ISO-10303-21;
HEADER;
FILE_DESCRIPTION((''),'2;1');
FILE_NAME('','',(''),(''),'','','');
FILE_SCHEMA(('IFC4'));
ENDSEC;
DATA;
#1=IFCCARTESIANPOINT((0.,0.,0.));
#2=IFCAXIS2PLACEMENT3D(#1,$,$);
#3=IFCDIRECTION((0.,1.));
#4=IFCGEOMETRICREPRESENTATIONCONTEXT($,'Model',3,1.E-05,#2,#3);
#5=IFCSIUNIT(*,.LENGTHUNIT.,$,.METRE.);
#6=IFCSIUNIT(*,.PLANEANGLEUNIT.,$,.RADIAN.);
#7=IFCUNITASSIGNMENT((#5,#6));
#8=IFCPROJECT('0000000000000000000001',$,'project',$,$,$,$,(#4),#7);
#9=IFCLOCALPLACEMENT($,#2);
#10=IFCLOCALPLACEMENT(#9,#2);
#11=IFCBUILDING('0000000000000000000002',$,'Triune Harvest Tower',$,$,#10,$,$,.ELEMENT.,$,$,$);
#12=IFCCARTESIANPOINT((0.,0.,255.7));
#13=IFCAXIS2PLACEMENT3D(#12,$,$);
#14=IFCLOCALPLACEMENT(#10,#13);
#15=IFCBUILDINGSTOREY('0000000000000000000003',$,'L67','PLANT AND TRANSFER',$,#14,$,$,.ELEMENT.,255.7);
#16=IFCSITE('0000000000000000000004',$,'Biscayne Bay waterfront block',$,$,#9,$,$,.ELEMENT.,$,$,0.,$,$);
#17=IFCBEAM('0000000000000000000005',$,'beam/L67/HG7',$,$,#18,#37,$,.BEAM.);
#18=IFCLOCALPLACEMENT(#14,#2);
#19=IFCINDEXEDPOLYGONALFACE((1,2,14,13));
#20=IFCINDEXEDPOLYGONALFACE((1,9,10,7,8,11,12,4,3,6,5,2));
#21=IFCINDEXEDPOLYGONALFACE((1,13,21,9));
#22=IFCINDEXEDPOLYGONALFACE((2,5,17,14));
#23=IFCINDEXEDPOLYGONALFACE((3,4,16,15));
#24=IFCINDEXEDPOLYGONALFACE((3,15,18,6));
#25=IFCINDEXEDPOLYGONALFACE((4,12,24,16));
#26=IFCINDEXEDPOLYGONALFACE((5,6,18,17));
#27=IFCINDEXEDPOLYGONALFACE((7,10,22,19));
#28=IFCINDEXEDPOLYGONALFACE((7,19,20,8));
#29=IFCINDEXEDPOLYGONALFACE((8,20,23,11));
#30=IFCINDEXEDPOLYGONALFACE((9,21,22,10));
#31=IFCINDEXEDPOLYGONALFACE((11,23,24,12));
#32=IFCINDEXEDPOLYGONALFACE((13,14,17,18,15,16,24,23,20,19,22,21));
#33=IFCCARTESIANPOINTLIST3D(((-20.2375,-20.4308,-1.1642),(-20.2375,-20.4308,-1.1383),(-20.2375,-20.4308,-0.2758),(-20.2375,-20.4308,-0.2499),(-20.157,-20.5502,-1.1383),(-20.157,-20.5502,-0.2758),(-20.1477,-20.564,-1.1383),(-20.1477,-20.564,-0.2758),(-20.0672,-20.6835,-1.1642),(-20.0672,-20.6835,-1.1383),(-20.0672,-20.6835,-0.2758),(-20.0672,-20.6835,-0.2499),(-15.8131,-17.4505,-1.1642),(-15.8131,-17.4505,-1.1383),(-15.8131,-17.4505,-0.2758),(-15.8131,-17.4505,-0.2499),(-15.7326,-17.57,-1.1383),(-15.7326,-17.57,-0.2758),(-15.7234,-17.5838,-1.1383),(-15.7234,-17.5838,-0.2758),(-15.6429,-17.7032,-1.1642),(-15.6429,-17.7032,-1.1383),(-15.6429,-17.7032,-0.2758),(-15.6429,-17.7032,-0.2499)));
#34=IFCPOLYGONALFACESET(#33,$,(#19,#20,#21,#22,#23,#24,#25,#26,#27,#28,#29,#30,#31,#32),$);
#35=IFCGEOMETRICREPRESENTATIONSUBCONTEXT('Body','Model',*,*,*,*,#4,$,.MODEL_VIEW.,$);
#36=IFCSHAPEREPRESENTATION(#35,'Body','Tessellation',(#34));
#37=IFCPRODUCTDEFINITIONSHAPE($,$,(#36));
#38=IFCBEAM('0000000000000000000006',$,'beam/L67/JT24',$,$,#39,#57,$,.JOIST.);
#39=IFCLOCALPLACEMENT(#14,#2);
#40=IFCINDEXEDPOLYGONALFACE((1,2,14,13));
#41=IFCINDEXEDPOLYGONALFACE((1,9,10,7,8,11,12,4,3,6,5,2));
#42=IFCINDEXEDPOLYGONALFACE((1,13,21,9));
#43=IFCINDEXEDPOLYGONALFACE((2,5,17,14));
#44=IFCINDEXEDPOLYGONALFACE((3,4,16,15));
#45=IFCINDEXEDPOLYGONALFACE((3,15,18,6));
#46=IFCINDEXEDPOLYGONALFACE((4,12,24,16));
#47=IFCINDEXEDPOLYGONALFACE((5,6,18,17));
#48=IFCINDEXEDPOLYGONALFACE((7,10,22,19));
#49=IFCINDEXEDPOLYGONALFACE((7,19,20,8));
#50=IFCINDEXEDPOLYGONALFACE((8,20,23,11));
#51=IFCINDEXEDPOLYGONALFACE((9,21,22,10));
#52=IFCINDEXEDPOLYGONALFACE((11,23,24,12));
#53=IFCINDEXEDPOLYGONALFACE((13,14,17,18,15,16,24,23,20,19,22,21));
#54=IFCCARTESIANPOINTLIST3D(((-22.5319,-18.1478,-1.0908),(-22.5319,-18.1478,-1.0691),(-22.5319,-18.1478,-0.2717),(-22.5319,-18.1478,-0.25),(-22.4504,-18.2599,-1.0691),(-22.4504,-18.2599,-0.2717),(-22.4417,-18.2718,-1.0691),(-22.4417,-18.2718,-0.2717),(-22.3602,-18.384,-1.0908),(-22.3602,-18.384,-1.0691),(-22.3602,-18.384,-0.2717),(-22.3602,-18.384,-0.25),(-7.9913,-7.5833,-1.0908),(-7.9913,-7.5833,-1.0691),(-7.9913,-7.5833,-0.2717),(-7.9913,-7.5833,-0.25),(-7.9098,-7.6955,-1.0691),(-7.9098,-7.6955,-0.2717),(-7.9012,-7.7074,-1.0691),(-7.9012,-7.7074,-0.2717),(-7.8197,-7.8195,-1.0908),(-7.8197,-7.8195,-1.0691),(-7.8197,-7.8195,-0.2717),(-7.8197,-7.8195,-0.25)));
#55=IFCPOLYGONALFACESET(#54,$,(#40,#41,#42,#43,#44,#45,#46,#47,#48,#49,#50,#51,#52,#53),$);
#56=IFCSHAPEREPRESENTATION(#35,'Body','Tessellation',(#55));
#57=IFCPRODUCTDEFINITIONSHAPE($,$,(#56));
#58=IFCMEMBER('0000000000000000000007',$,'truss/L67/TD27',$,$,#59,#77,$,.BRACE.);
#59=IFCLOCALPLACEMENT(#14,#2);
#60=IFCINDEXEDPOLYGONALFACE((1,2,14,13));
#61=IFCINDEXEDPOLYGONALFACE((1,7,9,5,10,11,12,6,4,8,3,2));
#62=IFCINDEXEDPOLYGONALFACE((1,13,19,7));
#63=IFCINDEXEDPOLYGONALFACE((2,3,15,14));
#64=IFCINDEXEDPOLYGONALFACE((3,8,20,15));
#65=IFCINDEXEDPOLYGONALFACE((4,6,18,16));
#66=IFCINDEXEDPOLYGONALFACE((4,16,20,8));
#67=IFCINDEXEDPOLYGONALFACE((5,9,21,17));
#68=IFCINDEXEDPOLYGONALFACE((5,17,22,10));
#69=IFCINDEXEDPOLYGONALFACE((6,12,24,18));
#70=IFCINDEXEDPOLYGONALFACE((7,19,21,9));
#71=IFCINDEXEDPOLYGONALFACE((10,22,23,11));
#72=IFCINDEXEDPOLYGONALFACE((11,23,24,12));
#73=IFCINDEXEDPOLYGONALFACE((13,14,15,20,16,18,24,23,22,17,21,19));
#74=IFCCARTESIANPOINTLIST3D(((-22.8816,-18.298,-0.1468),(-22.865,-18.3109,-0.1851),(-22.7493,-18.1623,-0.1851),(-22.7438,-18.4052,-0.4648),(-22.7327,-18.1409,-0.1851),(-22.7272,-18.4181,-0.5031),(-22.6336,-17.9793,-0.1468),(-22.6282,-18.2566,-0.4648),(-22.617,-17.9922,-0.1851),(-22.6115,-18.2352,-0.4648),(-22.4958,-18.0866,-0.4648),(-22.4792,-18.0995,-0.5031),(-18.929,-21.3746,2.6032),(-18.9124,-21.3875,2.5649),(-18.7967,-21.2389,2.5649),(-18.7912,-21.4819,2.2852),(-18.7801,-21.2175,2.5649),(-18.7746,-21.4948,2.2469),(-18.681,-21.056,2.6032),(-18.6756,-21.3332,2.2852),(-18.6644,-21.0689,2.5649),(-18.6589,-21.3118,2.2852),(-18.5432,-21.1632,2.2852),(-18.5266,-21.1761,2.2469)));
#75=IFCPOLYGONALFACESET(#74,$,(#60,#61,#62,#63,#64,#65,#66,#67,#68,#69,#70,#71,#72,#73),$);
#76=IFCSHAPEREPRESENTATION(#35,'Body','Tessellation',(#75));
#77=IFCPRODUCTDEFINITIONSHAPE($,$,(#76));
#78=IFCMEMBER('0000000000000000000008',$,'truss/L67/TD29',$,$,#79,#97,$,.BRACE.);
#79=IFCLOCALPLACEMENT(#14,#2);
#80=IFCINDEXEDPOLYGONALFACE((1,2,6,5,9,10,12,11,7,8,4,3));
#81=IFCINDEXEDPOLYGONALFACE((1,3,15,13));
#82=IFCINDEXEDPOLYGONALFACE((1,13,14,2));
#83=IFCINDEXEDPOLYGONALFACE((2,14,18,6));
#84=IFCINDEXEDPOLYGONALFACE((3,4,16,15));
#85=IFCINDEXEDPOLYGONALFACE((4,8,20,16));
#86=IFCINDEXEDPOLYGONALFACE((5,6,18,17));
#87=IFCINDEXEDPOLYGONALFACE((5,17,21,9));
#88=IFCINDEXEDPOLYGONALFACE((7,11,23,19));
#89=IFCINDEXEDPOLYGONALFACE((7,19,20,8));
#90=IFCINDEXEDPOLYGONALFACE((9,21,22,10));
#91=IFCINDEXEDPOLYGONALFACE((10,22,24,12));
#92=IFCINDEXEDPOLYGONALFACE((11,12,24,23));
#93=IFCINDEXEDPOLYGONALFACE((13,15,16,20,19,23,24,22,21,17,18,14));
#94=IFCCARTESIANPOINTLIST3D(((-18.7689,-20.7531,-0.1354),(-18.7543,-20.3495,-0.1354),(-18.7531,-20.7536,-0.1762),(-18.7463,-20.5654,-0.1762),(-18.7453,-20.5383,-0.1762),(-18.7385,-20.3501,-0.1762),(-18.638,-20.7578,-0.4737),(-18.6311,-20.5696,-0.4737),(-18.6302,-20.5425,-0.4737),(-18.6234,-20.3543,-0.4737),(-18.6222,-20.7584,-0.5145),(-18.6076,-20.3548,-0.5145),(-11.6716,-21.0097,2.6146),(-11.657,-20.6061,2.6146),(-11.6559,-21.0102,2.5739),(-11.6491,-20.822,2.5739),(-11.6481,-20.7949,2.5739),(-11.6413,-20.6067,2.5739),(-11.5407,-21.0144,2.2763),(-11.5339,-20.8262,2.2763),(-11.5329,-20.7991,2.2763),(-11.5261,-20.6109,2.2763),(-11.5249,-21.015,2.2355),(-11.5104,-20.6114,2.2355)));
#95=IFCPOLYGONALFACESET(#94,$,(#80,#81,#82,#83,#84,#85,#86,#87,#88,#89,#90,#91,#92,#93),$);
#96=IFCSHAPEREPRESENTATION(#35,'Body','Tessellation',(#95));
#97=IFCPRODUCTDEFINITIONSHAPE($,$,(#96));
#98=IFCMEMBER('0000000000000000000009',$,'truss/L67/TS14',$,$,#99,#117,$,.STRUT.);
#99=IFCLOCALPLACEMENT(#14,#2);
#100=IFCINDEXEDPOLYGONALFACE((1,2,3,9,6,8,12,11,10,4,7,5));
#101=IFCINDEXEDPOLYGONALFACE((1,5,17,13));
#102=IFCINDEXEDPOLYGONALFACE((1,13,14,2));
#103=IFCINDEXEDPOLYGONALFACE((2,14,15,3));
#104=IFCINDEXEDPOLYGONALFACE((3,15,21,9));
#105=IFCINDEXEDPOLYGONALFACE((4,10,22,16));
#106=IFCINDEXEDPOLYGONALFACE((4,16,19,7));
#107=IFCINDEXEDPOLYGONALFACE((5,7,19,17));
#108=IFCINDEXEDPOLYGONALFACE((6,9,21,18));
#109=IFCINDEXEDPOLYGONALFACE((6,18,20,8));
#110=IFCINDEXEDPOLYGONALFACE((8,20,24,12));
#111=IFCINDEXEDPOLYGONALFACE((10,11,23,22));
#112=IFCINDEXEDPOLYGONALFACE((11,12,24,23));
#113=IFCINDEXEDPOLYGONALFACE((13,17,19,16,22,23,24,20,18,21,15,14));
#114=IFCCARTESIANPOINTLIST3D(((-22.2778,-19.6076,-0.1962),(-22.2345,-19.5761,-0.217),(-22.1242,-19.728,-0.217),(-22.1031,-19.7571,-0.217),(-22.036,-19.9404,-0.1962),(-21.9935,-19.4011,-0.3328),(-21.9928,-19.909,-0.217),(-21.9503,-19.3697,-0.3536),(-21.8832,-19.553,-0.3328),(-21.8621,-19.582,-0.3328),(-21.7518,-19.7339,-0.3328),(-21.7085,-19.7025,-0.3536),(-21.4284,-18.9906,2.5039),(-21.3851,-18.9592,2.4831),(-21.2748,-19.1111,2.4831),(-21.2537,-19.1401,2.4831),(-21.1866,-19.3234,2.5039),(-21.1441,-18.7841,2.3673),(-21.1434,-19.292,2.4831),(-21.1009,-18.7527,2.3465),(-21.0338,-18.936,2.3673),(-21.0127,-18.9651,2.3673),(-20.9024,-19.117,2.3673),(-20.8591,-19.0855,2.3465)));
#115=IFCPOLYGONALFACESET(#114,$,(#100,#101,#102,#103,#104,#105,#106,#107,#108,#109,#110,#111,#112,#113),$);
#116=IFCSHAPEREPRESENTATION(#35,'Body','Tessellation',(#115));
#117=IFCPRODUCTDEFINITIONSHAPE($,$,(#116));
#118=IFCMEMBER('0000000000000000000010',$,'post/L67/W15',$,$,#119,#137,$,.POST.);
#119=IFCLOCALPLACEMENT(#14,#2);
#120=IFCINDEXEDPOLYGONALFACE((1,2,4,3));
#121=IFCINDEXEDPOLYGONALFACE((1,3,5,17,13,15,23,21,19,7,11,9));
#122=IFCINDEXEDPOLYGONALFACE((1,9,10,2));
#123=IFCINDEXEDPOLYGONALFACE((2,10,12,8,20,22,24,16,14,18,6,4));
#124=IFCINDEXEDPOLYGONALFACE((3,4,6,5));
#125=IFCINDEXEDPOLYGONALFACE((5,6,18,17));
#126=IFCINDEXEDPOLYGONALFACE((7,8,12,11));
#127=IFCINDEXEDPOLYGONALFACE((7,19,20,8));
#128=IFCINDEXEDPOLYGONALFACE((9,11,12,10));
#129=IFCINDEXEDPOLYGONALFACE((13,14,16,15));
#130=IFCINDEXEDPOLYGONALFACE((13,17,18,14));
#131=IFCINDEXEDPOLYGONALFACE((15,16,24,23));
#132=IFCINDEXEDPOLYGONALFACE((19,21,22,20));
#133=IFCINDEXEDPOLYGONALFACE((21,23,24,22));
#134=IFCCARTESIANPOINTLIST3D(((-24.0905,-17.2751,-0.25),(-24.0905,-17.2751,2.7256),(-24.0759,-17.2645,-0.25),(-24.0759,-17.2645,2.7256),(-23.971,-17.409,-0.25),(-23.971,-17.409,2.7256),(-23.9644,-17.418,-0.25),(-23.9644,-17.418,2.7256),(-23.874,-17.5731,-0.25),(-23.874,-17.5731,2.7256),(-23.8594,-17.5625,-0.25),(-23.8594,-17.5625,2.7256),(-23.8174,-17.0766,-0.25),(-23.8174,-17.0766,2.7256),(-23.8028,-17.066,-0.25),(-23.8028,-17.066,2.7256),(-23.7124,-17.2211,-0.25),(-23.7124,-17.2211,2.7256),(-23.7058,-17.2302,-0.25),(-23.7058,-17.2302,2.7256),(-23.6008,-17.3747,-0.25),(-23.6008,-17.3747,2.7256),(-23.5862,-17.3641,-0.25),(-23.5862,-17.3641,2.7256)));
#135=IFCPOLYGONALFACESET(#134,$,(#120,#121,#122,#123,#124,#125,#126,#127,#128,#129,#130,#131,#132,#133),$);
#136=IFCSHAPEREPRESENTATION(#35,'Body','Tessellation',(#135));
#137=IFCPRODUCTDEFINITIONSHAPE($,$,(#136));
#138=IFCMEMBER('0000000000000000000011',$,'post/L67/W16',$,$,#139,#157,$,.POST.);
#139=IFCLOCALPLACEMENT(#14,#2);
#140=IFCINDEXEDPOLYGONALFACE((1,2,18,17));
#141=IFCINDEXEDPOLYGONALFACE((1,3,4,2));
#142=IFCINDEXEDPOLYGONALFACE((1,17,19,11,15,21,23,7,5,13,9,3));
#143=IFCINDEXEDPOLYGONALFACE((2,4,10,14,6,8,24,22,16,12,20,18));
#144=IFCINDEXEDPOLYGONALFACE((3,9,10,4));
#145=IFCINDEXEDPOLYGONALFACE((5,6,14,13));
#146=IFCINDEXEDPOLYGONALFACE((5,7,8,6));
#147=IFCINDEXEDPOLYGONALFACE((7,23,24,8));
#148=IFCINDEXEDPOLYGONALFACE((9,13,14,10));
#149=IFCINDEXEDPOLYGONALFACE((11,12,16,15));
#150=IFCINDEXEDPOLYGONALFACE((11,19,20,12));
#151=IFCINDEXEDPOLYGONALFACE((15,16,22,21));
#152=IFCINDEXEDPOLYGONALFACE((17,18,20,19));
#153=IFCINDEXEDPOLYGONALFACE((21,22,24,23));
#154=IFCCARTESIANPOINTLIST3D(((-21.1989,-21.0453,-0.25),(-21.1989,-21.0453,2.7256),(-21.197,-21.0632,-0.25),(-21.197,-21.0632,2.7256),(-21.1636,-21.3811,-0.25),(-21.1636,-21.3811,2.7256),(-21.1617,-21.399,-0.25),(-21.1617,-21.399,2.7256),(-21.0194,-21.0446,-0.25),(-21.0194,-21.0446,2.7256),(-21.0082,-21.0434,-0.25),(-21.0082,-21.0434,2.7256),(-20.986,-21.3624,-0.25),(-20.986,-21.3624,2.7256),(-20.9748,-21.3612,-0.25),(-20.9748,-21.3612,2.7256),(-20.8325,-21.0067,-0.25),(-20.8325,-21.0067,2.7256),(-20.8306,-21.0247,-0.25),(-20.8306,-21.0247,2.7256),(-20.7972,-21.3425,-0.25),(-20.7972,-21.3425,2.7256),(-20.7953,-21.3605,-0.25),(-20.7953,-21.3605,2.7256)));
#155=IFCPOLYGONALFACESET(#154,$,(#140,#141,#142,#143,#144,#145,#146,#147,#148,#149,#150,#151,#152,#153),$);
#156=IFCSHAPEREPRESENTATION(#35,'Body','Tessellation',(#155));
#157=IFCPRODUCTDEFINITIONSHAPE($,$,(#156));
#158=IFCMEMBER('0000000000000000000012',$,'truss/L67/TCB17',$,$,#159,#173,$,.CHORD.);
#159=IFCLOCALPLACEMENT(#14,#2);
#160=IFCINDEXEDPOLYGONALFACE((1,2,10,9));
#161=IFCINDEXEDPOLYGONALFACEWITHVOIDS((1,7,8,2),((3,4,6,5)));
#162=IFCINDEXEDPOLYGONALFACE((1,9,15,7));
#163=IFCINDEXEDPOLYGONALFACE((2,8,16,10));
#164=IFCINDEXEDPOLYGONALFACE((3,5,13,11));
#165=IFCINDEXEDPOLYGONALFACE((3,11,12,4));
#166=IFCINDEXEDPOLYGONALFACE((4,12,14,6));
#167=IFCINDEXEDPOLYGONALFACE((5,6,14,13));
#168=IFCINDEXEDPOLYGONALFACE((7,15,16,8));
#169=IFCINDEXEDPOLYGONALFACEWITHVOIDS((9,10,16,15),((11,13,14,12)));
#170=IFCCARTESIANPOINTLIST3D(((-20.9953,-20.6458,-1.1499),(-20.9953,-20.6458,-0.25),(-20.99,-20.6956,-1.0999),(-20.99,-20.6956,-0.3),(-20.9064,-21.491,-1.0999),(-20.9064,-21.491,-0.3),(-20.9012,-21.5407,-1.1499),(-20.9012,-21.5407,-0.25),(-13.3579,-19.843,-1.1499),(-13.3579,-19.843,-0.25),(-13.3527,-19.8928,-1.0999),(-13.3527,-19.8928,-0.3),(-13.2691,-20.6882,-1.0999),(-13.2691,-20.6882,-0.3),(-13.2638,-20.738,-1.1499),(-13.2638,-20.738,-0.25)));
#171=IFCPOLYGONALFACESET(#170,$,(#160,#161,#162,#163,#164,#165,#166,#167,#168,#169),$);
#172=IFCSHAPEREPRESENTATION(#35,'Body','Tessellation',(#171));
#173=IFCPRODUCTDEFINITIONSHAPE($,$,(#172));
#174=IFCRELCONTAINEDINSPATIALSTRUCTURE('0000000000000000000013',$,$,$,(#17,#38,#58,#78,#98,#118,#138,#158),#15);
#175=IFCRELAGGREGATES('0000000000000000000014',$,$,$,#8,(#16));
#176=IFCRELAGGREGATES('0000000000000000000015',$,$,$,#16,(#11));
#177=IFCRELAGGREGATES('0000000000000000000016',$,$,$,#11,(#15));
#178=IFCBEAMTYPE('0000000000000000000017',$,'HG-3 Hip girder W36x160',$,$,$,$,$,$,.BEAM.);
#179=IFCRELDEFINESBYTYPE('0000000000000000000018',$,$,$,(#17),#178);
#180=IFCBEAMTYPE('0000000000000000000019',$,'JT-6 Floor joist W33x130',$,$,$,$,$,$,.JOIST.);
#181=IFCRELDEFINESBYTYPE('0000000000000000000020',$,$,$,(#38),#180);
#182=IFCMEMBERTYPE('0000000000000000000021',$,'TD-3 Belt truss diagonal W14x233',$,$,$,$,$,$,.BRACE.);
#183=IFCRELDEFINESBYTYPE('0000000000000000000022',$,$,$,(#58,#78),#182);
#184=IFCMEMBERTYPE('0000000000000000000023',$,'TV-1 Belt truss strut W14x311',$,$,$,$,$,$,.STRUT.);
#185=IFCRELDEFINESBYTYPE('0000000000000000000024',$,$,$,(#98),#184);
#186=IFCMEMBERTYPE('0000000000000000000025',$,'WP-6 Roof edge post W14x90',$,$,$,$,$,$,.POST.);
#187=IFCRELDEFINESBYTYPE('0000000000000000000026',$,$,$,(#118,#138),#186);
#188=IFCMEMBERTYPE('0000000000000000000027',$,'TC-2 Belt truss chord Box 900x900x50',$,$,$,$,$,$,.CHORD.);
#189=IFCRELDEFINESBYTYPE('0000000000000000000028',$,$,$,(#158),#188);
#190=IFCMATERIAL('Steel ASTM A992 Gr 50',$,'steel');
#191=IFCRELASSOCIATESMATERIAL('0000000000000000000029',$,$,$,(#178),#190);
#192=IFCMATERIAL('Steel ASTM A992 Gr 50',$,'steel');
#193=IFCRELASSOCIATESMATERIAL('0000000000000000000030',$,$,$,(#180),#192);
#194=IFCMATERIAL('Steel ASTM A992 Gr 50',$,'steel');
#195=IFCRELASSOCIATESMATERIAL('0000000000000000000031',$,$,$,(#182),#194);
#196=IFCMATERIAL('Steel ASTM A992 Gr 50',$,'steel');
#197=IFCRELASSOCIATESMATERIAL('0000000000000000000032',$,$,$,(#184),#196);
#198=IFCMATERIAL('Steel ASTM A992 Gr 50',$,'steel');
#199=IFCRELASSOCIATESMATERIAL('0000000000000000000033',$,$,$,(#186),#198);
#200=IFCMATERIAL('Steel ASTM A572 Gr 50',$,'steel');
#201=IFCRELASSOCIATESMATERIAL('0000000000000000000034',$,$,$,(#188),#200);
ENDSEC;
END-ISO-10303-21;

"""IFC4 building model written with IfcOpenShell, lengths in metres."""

from ifc_helpers import new_model, si_unit, direction, frame, origin, origin_2d, place, context, subcontext, project, spatial, hollow_rectangle, i_section, extrude, source, transform, mapped, material, material_profile, profile_set, type_object, element, save


model = new_model("IFC4")

# Units and contexts
model_context = context("Model", 3, precision=1e-05, world=origin(), true_north=direction((0.0, 1.0)))
body_context = subcontext(model_context, "Body", "Model", "MODEL_VIEW")
ifc_project = project(units=[si_unit("LENGTHUNIT", "METRE"), si_unit("PLANEANGLEUNIT", "RADIAN")], contexts=[model_context])

# Site, building, storey
site_placement = place(None, origin())
site = spatial("IfcSite", under=ifc_project, at=site_placement, Name="Biscayne Bay waterfront block", CompositionType="ELEMENT", RefElevation=0.0)
building_placement = place(site_placement, origin())
building = spatial("IfcBuilding", under=site, at=building_placement, Name="Triune Harvest Tower", CompositionType="ELEMENT")
storey_placement = place(building_placement, frame((0.0, 0.0, 255.7)))
storey = spatial("IfcBuildingStorey", under=building, at=storey_placement, Name="L67", Description="PLANT AND TRANSFER", CompositionType="ELEMENT", Elevation=255.7)

# Beams
ifc_material_1 = material(Name="Steel ASTM A992 Gr 50", Category="steel")
ifc_material_profile_1 = material_profile(ifc_material_1, i_section(OverallWidth=0.3047, OverallDepth=0.9143, WebThickness=0.0166, FlangeThickness=0.0259, at=origin_2d()), Name="W36x160")
ifc_profile_set_1 = profile_set([ifc_material_profile_1], Name="Steel ASTM A992 Gr 50")
beam_type_1 = type_object("IfcBeamType", Name="HG-3 Hip girder W36x160", PredefinedType="BEAM", material=ifc_profile_set_1)
beam_1_placement = place(storey_placement, frame((-20.1523, -20.5571, -0.707), z_axis=(0.829386, 0.558676, 0.0), x_axis=(-0.558676, 0.829386, 0.0)))
element("IfcBeam", 1, at=beam_1_placement, inside=storey, type_object=beam_type_1, Name="beam/L67/HG7", PredefinedType="BEAM", context=body_context, shape_type="SweptSolid", body=[
    extrude(i_section(OverallWidth=0.3047, OverallDepth=0.9143, WebThickness=0.0166, FlangeThickness=0.0259, at=origin_2d()), origin(), (0.0, 0.0, 1.0), 5.3345),
])
ifc_material_2 = material(Name="Steel ASTM A992 Gr 50", Category="steel")
ifc_material_profile_2 = material_profile(ifc_material_2, i_section(OverallWidth=0.292, OverallDepth=0.8408, WebThickness=0.0146, FlangeThickness=0.0217, at=origin_2d()), Name="W33x130")
ifc_profile_set_2 = profile_set([ifc_material_profile_2], Name="Steel ASTM A992 Gr 50")
beam_type_2 = type_object("IfcBeamType", Name="JT-6 Floor joist W33x130", PredefinedType="JOIST", material=ifc_profile_set_2)
beam_2_placement = place(storey_placement, frame((-22.446, -18.2659, -0.6704), z_axis=(0.809013, 0.58779, 0.0), x_axis=(-0.58779, 0.809013, 0.0)))
element("IfcBeam", 2, at=beam_2_placement, inside=storey, type_object=beam_type_2, Name="beam/L67/JT24", PredefinedType="JOIST", context=body_context, shape_type="SweptSolid", body=[
    extrude(i_section(OverallWidth=0.292, OverallDepth=0.8408, WebThickness=0.0146, FlangeThickness=0.0217, at=origin_2d()), origin(), (0.0, 0.0, 1.0), 17.9731),
])

# Members
ifc_material_3 = material(Name="Steel ASTM A992 Gr 50", Category="steel")
ifc_material_profile_3 = material_profile(ifc_material_3, i_section(OverallWidth=0.4038, OverallDepth=0.4065, WebThickness=0.0271, FlangeThickness=0.0437, at=origin_2d()), Name="W14x233")
ifc_profile_set_3 = profile_set([ifc_material_profile_3], Name="Steel ASTM A992 Gr 50")
member_type_1 = type_object("IfcMemberType", Name="TD-3 Belt truss diagonal W14x233", PredefinedType="BRACE", material=ifc_profile_set_3)
member_1_placement = place(storey_placement, frame((-22.6804, -18.1987, -0.325), z_axis=(0.691726, -0.538427, 0.48126), x_axis=(0.614238, 0.789121, 0.0)))
element("IfcMember", 3, at=member_1_placement, inside=storey, type_object=member_type_1, Name="truss/L67/TD27", PredefinedType="BRACE", context=body_context, shape_type="SweptSolid", body=[
    extrude(i_section(OverallWidth=0.4038, OverallDepth=0.4065, WebThickness=0.0271, FlangeThickness=0.0437, at=origin_2d()), origin(), (0.0, 0.0, 1.0), 5.7141),
])
member_2_placement = place(storey_placement, frame((-18.6882, -20.554, -0.325), z_axis=(0.931919, -0.033693, 0.361099), x_axis=(0.036131, 0.999347, 0.0)))
element("IfcMember", 4, at=member_2_placement, inside=storey, type_object=member_type_1, Name="truss/L67/TD29", PredefinedType="BRACE", context=body_context, shape_type="SweptSolid", body=[
    extrude(i_section(OverallWidth=0.4038, OverallDepth=0.4065, WebThickness=0.0271, FlangeThickness=0.0437, at=origin_2d()), origin(), (0.0, 0.0, 1.0), 7.6157),
])
ifc_material_4 = material(Name="Steel ASTM A992 Gr 50", Category="steel")
ifc_material_profile_4 = material_profile(ifc_material_4, i_section(OverallWidth=0.4114, OverallDepth=0.4343, WebThickness=0.0359, FlangeThickness=0.0574, at=origin_2d()), Name="W14x311")
ifc_profile_set_4 = profile_set([ifc_material_profile_4], Name="Steel ASTM A992 Gr 50")
member_type_2 = type_object("IfcMemberType", Name="TV-1 Belt truss strut W14x311", PredefinedType="STRUT", material=ifc_profile_set_4)
member_3_placement = place(storey_placement, frame((-21.9932, -19.655, -0.2749), z_axis=(0.293202, 0.21297, 0.932028), x_axis=(-0.587688, 0.809088, 0.0)))
element("IfcMember", 5, at=member_3_placement, inside=storey, type_object=member_type_2, Name="truss/L67/TS14", PredefinedType="STRUT", context=body_context, shape_type="SweptSolid", body=[
    extrude(i_section(OverallWidth=0.4114, OverallDepth=0.4343, WebThickness=0.0359, FlangeThickness=0.0574, at=origin_2d()), origin(), (0.0, 0.0, 1.0), 2.897),
])
ifc_material_5 = material(Name="Steel ASTM A992 Gr 50", Category="steel")
ifc_material_profile_5 = material_profile(ifc_material_5, i_section(OverallWidth=0.3684, OverallDepth=0.3557, WebThickness=0.0112, FlangeThickness=0.0181, at=origin_2d()), Name="W14x90")
ifc_profile_set_5 = profile_set([ifc_material_profile_5], Name="Steel ASTM A992 Gr 50")
member_type_3 = type_object("IfcMemberType", Name="WP-6 Roof edge post W14x90", PredefinedType="POST", material=ifc_profile_set_5)
shared_shape_1 = source(origin(), body_context, "Body", "SweptSolid", [
    extrude(i_section(OverallWidth=0.3684, OverallDepth=0.3557, WebThickness=0.0112, FlangeThickness=0.0181, at=origin_2d()), origin(), (0.0, 0.0, 1.0), 2.9756),
])
for number, where, z_axis, x_axis, name in (
    (6, (-23.8384, -17.3196, -0.25), (0.0, 0.0, 1.0), (0.587785, -0.809017, 0.0), "post/L67/W15"),
    (7, (-20.9971, -21.2029, -0.25), (0.0, 0.0, 1.0), (0.994522, 0.10453, 0.0), "post/L67/W16"),
):
    element("IfcMember", number, at=place(storey_placement, frame(where, z_axis=z_axis, x_axis=x_axis)), inside=storey, type_object=member_type_3, Name=name, PredefinedType="POST", context=body_context, shape_type="MappedRepresentation", body=[
        mapped(shared_shape_1, transform((0.0, 0.0, 0.0), scale=1.0)),
    ])
ifc_material_6 = material(Name="Steel ASTM A572 Gr 50", Category="steel")
ifc_material_profile_6 = material_profile(ifc_material_6, hollow_rectangle(XDim=0.8999, YDim=0.8999, WallThickness=0.05, at=origin_2d()), Name="Box 900x900x50")
ifc_profile_set_6 = profile_set([ifc_material_profile_6], Name="Steel ASTM A572 Gr 50")
member_type_4 = type_object("IfcMemberType", Name="TC-2 Belt truss chord Box 900x900x50", PredefinedType="CHORD", material=ifc_profile_set_6)
shared_shape_2 = source(origin(), body_context, "Body", "SweptSolid", [
    extrude(hollow_rectangle(XDim=0.8999, YDim=0.8999, WallThickness=0.05, at=origin_2d()), origin(), (0.0, 0.0, 1.0), 7.6794),
])
member_4_placement = place(storey_placement, frame((-20.9482, -21.0933, -0.7), z_axis=(0.994522, 0.104529, 0.0), x_axis=(-0.104529, 0.994522, 0.0)))
element("IfcMember", 8, at=member_4_placement, inside=storey, type_object=member_type_4, Name="truss/L67/TCB17", PredefinedType="CHORD", context=body_context, shape_type="MappedRepresentation", body=[
    mapped(shared_shape_2, transform((0.0, 0.0, 0.0), scale=1.0)),
])

save(model, "model.ifc")
